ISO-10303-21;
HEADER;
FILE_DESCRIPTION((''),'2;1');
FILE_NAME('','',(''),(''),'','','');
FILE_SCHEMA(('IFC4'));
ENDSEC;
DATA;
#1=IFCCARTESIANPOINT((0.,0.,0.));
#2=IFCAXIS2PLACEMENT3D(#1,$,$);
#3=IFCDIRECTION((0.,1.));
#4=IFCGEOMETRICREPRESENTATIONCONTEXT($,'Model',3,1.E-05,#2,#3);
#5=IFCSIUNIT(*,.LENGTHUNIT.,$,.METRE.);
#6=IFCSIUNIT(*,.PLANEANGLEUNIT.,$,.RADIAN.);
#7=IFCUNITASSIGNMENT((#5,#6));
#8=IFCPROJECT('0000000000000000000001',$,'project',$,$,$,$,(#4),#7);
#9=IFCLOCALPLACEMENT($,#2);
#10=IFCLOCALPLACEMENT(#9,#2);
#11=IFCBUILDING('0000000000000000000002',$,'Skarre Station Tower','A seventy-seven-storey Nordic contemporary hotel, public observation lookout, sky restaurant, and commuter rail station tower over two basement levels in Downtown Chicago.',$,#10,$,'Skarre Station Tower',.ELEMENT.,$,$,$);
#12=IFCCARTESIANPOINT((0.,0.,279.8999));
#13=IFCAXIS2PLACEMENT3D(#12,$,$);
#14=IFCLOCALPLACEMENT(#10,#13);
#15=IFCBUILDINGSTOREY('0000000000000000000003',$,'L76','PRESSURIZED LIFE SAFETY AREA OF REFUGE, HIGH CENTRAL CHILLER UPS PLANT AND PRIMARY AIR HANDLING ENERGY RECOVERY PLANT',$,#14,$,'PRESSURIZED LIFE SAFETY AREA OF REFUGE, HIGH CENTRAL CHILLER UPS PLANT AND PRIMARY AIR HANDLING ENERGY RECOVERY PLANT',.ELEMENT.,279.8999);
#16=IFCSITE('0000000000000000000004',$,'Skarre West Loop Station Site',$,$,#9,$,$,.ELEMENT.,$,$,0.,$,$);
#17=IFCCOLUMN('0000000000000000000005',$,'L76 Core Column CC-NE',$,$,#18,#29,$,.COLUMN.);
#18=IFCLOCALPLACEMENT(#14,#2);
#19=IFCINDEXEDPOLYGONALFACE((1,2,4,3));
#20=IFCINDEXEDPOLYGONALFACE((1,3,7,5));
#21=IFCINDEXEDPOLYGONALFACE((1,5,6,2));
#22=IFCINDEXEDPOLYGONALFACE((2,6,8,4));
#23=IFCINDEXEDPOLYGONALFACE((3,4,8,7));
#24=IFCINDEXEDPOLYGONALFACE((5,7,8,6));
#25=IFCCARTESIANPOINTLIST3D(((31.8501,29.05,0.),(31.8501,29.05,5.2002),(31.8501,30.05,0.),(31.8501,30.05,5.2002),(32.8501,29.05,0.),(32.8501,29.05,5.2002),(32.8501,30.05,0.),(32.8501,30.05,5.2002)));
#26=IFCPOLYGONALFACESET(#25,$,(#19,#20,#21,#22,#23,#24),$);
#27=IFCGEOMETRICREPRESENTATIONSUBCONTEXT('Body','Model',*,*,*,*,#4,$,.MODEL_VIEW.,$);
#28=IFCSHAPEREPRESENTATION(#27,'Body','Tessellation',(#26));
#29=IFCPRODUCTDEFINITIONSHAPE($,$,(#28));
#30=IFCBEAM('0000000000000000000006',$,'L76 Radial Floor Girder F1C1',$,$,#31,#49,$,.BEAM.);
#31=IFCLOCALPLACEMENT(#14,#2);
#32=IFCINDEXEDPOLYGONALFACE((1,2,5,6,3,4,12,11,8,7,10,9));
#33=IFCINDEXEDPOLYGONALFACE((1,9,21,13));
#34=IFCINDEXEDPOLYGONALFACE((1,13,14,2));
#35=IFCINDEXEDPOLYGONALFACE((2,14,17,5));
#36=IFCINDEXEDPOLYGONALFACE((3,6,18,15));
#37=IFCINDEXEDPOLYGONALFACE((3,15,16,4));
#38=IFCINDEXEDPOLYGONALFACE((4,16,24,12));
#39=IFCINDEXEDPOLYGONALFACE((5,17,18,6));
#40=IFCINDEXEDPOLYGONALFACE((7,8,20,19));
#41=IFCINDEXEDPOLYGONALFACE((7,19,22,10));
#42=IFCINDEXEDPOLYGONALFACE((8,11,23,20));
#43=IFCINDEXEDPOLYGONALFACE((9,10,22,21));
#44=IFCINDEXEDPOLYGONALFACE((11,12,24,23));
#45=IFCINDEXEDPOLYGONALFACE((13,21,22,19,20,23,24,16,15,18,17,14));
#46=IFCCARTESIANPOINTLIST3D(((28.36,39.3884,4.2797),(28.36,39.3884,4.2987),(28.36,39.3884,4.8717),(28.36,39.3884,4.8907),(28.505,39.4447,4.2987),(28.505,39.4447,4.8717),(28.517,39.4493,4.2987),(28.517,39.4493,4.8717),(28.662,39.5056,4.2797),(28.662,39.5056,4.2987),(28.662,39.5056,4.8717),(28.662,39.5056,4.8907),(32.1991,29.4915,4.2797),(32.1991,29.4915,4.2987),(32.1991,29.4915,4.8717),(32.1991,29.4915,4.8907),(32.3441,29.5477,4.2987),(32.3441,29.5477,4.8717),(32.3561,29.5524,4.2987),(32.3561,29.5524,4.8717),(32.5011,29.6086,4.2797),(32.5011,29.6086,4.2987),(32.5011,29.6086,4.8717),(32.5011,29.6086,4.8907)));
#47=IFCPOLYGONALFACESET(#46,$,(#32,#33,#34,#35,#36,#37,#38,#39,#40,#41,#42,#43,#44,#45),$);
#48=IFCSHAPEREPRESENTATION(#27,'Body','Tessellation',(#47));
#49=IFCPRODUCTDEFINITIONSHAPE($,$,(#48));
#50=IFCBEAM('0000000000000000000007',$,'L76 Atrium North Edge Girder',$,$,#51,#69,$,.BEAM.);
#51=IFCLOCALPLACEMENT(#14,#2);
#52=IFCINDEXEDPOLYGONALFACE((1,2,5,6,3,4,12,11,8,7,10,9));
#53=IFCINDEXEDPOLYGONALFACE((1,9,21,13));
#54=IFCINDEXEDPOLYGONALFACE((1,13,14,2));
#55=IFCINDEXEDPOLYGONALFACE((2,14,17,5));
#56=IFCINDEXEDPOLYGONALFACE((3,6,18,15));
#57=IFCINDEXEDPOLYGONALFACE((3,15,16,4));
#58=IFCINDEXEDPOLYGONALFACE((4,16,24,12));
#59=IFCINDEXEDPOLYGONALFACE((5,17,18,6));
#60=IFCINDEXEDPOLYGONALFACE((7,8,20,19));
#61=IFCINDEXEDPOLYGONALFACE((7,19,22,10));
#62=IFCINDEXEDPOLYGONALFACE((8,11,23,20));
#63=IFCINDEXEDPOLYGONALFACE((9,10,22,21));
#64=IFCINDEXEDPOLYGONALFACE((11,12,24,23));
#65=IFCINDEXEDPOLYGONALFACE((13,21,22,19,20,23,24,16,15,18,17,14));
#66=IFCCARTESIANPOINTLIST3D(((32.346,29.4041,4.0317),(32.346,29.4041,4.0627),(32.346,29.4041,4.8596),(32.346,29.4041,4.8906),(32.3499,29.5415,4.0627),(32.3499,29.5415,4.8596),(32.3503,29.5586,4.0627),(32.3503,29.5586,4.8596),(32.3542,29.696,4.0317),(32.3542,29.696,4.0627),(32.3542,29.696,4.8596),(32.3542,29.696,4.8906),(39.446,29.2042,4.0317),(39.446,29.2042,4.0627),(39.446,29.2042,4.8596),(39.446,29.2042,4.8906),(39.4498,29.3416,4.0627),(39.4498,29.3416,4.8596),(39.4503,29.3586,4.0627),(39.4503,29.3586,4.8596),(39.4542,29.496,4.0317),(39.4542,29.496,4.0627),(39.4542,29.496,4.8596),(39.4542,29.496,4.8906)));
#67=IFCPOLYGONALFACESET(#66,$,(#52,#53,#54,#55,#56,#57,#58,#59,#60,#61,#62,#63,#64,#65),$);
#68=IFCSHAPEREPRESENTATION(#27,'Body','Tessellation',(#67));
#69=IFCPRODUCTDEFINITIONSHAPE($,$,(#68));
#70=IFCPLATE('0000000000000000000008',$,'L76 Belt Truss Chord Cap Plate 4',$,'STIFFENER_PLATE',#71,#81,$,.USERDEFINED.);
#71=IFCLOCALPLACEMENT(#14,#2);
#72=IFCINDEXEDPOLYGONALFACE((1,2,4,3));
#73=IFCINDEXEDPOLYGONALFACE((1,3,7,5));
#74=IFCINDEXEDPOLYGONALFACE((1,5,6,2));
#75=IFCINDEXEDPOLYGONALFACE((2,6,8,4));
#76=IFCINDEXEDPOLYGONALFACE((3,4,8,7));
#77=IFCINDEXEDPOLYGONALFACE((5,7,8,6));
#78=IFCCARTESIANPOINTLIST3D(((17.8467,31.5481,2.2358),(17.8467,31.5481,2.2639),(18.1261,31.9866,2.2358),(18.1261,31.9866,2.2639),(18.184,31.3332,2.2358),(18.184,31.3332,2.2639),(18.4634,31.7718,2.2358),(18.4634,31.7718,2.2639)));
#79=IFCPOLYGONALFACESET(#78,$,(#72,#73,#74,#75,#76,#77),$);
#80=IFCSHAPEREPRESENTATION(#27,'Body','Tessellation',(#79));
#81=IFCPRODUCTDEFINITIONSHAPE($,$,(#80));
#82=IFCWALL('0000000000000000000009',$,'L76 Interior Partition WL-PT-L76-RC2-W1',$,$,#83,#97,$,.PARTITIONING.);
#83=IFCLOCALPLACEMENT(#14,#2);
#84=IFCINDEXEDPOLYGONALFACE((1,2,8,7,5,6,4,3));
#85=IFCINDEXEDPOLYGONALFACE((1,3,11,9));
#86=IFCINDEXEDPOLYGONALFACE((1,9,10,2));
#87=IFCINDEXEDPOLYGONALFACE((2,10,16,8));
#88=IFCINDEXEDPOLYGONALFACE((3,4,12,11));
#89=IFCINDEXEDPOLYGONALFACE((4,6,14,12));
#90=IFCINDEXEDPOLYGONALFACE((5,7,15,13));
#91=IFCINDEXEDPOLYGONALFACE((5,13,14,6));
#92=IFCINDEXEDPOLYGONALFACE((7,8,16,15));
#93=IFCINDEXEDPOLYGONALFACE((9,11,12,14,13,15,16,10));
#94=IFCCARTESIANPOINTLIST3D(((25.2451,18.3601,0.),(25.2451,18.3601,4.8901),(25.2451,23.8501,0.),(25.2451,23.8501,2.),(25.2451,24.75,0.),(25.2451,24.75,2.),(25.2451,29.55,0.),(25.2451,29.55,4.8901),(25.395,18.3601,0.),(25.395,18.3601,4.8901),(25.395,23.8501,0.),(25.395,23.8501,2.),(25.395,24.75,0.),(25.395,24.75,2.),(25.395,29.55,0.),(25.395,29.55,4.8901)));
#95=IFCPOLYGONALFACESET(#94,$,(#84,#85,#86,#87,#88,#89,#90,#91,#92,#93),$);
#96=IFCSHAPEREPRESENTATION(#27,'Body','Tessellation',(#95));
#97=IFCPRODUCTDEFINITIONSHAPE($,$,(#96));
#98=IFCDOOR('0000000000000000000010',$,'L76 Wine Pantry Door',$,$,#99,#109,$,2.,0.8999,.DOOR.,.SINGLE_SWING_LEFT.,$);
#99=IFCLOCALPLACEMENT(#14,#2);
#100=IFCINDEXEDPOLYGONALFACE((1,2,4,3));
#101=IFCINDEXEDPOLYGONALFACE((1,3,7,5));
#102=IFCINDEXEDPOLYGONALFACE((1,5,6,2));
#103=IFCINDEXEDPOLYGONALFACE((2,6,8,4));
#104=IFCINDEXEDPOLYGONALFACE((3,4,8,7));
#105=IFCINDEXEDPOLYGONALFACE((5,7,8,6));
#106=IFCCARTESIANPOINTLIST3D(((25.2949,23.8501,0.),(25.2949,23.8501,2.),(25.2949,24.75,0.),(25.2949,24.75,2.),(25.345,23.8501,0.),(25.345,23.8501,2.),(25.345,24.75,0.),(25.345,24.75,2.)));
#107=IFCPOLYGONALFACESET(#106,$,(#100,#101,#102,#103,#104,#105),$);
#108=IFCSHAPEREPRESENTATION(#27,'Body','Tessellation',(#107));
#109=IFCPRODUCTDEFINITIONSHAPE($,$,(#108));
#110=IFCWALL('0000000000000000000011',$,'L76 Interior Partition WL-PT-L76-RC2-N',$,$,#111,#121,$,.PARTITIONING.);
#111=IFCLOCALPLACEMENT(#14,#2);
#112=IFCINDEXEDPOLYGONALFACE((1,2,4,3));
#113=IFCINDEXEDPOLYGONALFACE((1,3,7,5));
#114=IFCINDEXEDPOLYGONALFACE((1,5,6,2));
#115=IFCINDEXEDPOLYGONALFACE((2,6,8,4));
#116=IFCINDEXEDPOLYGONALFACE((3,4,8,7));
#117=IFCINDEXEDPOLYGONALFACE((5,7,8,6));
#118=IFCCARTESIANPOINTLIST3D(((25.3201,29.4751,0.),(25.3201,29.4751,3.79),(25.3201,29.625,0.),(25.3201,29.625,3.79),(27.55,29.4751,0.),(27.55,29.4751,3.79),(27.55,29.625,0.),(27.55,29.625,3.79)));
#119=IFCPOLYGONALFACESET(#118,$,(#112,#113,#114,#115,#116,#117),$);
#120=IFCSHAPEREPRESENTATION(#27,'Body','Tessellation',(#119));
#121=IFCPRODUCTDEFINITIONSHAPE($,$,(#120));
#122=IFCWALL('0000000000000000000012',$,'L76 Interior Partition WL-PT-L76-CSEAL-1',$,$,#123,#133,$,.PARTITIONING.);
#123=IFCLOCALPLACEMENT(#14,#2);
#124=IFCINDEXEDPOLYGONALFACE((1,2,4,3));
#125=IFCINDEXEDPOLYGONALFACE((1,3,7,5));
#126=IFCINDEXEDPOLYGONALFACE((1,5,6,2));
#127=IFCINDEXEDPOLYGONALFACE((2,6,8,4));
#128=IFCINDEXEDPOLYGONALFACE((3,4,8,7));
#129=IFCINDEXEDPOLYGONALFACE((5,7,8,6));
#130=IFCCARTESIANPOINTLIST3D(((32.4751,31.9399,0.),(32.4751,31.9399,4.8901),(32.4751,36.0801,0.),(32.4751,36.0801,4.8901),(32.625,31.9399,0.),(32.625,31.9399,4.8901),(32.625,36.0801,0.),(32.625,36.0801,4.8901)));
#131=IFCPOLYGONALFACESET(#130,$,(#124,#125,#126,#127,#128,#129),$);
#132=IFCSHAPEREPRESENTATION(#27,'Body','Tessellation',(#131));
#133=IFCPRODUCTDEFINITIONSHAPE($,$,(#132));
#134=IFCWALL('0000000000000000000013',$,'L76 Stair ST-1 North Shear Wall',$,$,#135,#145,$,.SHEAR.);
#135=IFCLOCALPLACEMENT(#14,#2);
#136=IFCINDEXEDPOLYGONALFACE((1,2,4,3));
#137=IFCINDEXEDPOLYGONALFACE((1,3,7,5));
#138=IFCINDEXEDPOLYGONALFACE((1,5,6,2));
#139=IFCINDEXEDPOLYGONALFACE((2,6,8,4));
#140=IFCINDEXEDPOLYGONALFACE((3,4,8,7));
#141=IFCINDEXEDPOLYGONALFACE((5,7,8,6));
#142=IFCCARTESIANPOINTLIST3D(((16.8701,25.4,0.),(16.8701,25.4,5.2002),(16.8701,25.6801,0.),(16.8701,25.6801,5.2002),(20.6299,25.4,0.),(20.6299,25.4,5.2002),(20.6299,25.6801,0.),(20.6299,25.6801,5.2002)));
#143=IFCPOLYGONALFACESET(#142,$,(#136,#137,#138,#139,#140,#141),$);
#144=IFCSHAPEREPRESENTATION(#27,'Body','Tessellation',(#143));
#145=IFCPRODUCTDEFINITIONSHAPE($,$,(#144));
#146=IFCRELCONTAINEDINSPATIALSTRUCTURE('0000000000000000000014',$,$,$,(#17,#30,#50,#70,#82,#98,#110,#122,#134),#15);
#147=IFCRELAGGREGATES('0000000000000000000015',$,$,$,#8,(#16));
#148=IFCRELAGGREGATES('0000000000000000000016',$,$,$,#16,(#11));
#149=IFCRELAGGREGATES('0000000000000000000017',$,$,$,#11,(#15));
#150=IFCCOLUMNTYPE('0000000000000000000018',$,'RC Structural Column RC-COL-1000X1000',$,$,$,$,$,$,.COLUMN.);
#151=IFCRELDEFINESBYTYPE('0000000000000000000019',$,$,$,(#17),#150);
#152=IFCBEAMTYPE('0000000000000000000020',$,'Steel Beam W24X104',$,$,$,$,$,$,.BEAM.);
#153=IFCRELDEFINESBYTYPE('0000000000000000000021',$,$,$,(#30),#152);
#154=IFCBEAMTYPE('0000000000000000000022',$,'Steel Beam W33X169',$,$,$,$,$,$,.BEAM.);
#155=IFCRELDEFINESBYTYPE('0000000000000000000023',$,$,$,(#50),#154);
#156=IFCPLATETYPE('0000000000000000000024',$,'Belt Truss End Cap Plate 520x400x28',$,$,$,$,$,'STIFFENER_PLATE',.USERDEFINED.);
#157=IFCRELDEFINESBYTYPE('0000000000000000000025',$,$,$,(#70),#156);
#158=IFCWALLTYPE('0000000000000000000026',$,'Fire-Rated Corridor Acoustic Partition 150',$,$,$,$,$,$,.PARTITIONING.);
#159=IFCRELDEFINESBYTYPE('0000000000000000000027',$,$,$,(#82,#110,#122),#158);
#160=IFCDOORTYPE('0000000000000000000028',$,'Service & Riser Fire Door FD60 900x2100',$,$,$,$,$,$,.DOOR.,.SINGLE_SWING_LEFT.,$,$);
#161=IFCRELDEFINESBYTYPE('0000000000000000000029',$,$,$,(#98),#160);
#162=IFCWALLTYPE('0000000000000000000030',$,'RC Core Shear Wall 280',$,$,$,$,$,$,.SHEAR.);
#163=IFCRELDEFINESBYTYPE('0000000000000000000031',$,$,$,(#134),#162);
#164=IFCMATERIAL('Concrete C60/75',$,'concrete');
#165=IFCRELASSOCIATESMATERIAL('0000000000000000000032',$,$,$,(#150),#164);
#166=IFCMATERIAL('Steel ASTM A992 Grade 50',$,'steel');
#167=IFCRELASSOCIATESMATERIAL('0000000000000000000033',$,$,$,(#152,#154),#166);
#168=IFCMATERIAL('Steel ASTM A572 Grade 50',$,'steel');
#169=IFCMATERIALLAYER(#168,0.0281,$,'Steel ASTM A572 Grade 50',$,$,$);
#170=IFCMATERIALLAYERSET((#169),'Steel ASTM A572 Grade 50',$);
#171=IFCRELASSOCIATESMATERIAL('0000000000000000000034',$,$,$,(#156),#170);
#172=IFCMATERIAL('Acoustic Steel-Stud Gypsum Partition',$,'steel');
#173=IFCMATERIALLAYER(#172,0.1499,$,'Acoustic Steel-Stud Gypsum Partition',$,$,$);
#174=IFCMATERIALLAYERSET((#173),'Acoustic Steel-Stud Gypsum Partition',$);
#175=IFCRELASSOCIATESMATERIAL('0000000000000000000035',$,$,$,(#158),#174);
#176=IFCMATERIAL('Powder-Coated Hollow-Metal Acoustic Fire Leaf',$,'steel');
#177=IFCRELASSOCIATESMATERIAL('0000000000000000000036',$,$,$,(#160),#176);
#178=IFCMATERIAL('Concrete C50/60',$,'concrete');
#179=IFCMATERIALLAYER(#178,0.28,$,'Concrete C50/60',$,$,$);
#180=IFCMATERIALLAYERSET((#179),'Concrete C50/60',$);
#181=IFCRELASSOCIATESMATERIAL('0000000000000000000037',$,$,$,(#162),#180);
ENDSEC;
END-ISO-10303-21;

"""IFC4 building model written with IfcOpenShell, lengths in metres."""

from ifc_helpers import new_model, si_unit, direction, frame, frame_2d, origin, origin_2d, place, context, subcontext, project, spatial, rectangle, i_section, extrude, material, layer, layer_set, material_profile, profile_set, type_object, element, fill, save


model = new_model("IFC4")

# Units and contexts
model_context = context("Model", 3, precision=1e-05, world=origin(), true_north=direction((0.0, 1.0)))
body_context = subcontext(model_context, "Body", "Model", "MODEL_VIEW")
ifc_project = project(units=[si_unit("LENGTHUNIT", "METRE"), si_unit("PLANEANGLEUNIT", "RADIAN")], contexts=[model_context])

# Site, building, storey
site_placement = place(None, origin())
site = spatial("IfcSite", under=ifc_project, at=site_placement, Name="Skarre West Loop Station Site", CompositionType="ELEMENT", RefElevation=0.0)
building_placement = place(site_placement, origin())
building = spatial("IfcBuilding", under=site, at=building_placement, Name="Skarre Station Tower", Description="A seventy-seven-storey Nordic contemporary hotel, public observation lookout, sky restaurant, and commuter rail station tower over two basement levels in Downtown Chicago.", LongName="Skarre Station Tower", CompositionType="ELEMENT")
storey_placement = place(building_placement, frame((0.0, 0.0, 279.8999)))
storey = spatial("IfcBuildingStorey", under=building, at=storey_placement, Name="L76", Description="PRESSURIZED LIFE SAFETY AREA OF REFUGE, HIGH CENTRAL CHILLER UPS PLANT AND PRIMARY AIR HANDLING ENERGY RECOVERY PLANT", LongName="PRESSURIZED LIFE SAFETY AREA OF REFUGE, HIGH CENTRAL CHILLER UPS PLANT AND PRIMARY AIR HANDLING ENERGY RECOVERY PLANT", CompositionType="ELEMENT", Elevation=279.8999)

# Column
ifc_material_1 = material(Name="Concrete C60/75", Category="concrete")
ifc_material_profile_1 = material_profile(ifc_material_1, rectangle(XDim=1.0, YDim=1.0, at=origin_2d()), Name="Concrete C60/75")
ifc_profile_set_1 = profile_set([ifc_material_profile_1], Name="Concrete C60/75")
column_type = type_object("IfcColumnType", Name="RC Structural Column RC-COL-1000X1000", PredefinedType="COLUMN", material=ifc_profile_set_1)
column_placement = place(storey_placement, frame((32.3501, 29.55, 0.0), z_axis=(0.0, 0.0, 1.0), x_axis=(1.0, 0.0, 0.0)))
element("IfcColumn", 1, at=column_placement, inside=storey, type_object=column_type, Name="L76 Core Column CC-NE", PredefinedType="COLUMN", context=body_context, shape_type="SweptSolid", body=[
    extrude(rectangle(XDim=1.0, YDim=1.0, at=origin_2d()), origin(), (0.0, 0.0, 1.0), 5.2002),
])

# Beams
ifc_material_2 = material(Name="Steel ASTM A992 Grade 50", Category="steel")
ifc_material_profile_2 = material_profile(ifc_material_2, i_section(OverallWidth=0.324, OverallDepth=0.6111, WebThickness=0.0129, FlangeThickness=0.019, at=origin_2d()), Name="Steel ASTM A992 Grade 50")
ifc_profile_set_2 = profile_set([ifc_material_profile_2], Name="Steel ASTM A992 Grade 50")
beam_type_1 = type_object("IfcBeamType", Name="Steel Beam W24X104", PredefinedType="BEAM", material=ifc_profile_set_2)
beam_1_placement = place(storey_placement, frame((32.3501, 29.55, 4.5852), z_axis=(-0.361651, 0.932313, 0.0), x_axis=(-0.932313, -0.361651, 0.0)))
element("IfcBeam", 2, at=beam_1_placement, inside=storey, type_object=beam_type_1, Name="L76 Radial Floor Girder F1C1", PredefinedType="BEAM", context=body_context, shape_type="SweptSolid", body=[
    extrude(i_section(OverallWidth=0.324, OverallDepth=0.6111, WebThickness=0.0129, FlangeThickness=0.019, at=origin_2d()), origin(), (0.0, 0.0, 1.0), 10.6155),
])
ifc_material_profile_3 = material_profile(ifc_material_2, i_section(OverallWidth=0.292, OverallDepth=0.8589, WebThickness=0.0171, FlangeThickness=0.031, at=origin_2d()), Name="Steel ASTM A992 Grade 50")
ifc_profile_set_3 = profile_set([ifc_material_profile_3], Name="Steel ASTM A992 Grade 50")
beam_type_2 = type_object("IfcBeamType", Name="Steel Beam W33X169", PredefinedType="BEAM", material=ifc_profile_set_3)
beam_2_placement = place(storey_placement, frame((32.3501, 29.55, 4.4612), z_axis=(0.999604, -0.028152, 0.0), x_axis=(0.028152, 0.999604, 0.0)))
element("IfcBeam", 3, at=beam_2_placement, inside=storey, type_object=beam_type_2, Name="L76 Atrium North Edge Girder", PredefinedType="BEAM", context=body_context, shape_type="SweptSolid", body=[
    extrude(i_section(OverallWidth=0.292, OverallDepth=0.8589, WebThickness=0.0171, FlangeThickness=0.031, at=origin_2d()), origin(), (0.0, 0.0, 1.0), 7.1028),
])

# Plate
ifc_material_3 = material(Name="Steel ASTM A572 Grade 50", Category="steel")
ifc_layer_1 = layer(ifc_material_3, 0.0281, Name="Steel ASTM A572 Grade 50")
ifc_layer_set_1 = layer_set([ifc_layer_1], Name="Steel ASTM A572 Grade 50")
plate_type = type_object("IfcPlateType", Name="Belt Truss End Cap Plate 520x400x28", ElementType="STIFFENER_PLATE", PredefinedType="USERDEFINED", material=ifc_layer_set_1)
plate_placement = place(storey_placement, frame((18.155, 31.6599, 2.2358), z_axis=(0.0, 0.0, 1.0), x_axis=(-0.5373, -0.843391, 0.0)))
element("IfcPlate", 4, at=plate_placement, inside=storey, type_object=plate_type, Name="L76 Belt Truss Chord Cap Plate 4", ObjectType="STIFFENER_PLATE", PredefinedType="USERDEFINED", context=body_context, shape_type="SweptSolid", body=[
    extrude(rectangle(XDim=0.52, YDim=0.3999, at=origin_2d()), origin(), (0.0, 0.0, 1.0), 0.0281),
])

# Wall, opening, door
ifc_material_4 = material(Name="Acoustic Steel-Stud Gypsum Partition", Category="steel")
ifc_layer_2 = layer(ifc_material_4, 0.1499, Name="Acoustic Steel-Stud Gypsum Partition")
ifc_layer_set_2 = layer_set([ifc_layer_2], Name="Acoustic Steel-Stud Gypsum Partition")
wall_type_1 = type_object("IfcWallType", Name="Fire-Rated Corridor Acoustic Partition 150", PredefinedType="PARTITIONING", material=ifc_layer_set_2)
wall_1_placement = place(storey_placement, frame((25.3201, 29.55, 0.0), z_axis=(0.0, 0.0, 1.0), x_axis=(0.0, -1.0, 0.0)))
wall_1 = element("IfcWall", 5, at=wall_1_placement, inside=storey, type_object=wall_type_1, Name="L76 Interior Partition WL-PT-L76-RC2-W1", PredefinedType="PARTITIONING", context=body_context, shape_type="SweptSolid", body=[
    extrude(rectangle(XDim=11.1899, YDim=0.1499, at=frame_2d((5.595, 0.0))), origin(), (0.0, 0.0, 1.0), 4.8901),
])
opening_1_placement = place(wall_1_placement, frame((4.8, 0.0, 0.0)))
opening_1 = element("IfcOpeningElement", 6, at=opening_1_placement, cuts=wall_1, PredefinedType="OPENING", context=body_context, shape_type="SweptSolid", body=[
    extrude(rectangle(XDim=0.8999, YDim=2.0, at=frame_2d((0.45, 1.0))), frame((0.0, 0.085, 0.0), z_axis=(0.0, -1.0, 0.0), x_axis=(1.0, 0.0, 0.0)), (0.0, 0.0, 1.0), 0.1699),
])
ifc_material_5 = material(Name="Powder-Coated Hollow-Metal Acoustic Fire Leaf", Category="steel")
door_type_1 = type_object("IfcDoorType", Name="Service & Riser Fire Door FD60 900x2100", OperationType="SINGLE_SWING_LEFT", PredefinedType="DOOR", material=ifc_material_5)
door_1_placement = place(opening_1_placement, origin())
door_1 = element("IfcDoor", 7, at=door_1_placement, inside=storey, type_object=door_type_1, Name="L76 Wine Pantry Door", OperationType="SINGLE_SWING_LEFT", OverallHeight=2.0, OverallWidth=0.8999, PredefinedType="DOOR", context=body_context, shape_type="SweptSolid", body=[
    extrude(rectangle(XDim=0.8999, YDim=2.0, at=frame_2d((0.45, 1.0))), frame((0.0, 0.0249, 0.0), z_axis=(0.0, -1.0, 0.0), x_axis=(1.0, 0.0, 0.0)), (0.0, 0.0, 1.0), 0.05),
])
fill(opening_1, door_1)

# Walls
wall_2_placement = place(storey_placement, frame((27.55, 29.55, 0.0), z_axis=(0.0, 0.0, 1.0), x_axis=(-1.0, 0.0, 0.0)))
element("IfcWall", 8, at=wall_2_placement, inside=storey, type_object=wall_type_1, Name="L76 Interior Partition WL-PT-L76-RC2-N", PredefinedType="PARTITIONING", context=body_context, shape_type="SweptSolid", body=[
    extrude(rectangle(XDim=2.23, YDim=0.1499, at=frame_2d((1.115, 0.0))), origin(), (0.0, 0.0, 1.0), 3.79),
])
wall_3_placement = place(storey_placement, frame((32.55, 31.9399, 0.0), z_axis=(0.0, 0.0, 1.0), x_axis=(0.0, 1.0, 0.0)))
element("IfcWall", 9, at=wall_3_placement, inside=storey, type_object=wall_type_1, Name="L76 Interior Partition WL-PT-L76-CSEAL-1", PredefinedType="PARTITIONING", context=body_context, shape_type="SweptSolid", body=[
    extrude(rectangle(XDim=4.1401, YDim=0.1499, at=frame_2d((2.0701, 0.0))), origin(), (0.0, 0.0, 1.0), 4.8901),
])
ifc_material_6 = material(Name="Concrete C50/60", Category="concrete")
ifc_layer_3 = layer(ifc_material_6, 0.28, Name="Concrete C50/60")
ifc_layer_set_3 = layer_set([ifc_layer_3], Name="Concrete C50/60")
wall_type_2 = type_object("IfcWallType", Name="RC Core Shear Wall 280", PredefinedType="SHEAR", material=ifc_layer_set_3)
wall_4_placement = place(storey_placement, frame((20.6299, 25.54, 0.0), z_axis=(0.0, 0.0, 1.0), x_axis=(-1.0, 0.0, 0.0)))
element("IfcWall", 10, at=wall_4_placement, inside=storey, type_object=wall_type_2, Name="L76 Stair ST-1 North Shear Wall", PredefinedType="SHEAR", context=body_context, shape_type="SweptSolid", body=[
    extrude(rectangle(XDim=3.7598, YDim=0.28, at=frame_2d((1.8799, 0.0))), origin(), (0.0, 0.0, 1.0), 5.2002),
])

save(model, "model.ifc")
